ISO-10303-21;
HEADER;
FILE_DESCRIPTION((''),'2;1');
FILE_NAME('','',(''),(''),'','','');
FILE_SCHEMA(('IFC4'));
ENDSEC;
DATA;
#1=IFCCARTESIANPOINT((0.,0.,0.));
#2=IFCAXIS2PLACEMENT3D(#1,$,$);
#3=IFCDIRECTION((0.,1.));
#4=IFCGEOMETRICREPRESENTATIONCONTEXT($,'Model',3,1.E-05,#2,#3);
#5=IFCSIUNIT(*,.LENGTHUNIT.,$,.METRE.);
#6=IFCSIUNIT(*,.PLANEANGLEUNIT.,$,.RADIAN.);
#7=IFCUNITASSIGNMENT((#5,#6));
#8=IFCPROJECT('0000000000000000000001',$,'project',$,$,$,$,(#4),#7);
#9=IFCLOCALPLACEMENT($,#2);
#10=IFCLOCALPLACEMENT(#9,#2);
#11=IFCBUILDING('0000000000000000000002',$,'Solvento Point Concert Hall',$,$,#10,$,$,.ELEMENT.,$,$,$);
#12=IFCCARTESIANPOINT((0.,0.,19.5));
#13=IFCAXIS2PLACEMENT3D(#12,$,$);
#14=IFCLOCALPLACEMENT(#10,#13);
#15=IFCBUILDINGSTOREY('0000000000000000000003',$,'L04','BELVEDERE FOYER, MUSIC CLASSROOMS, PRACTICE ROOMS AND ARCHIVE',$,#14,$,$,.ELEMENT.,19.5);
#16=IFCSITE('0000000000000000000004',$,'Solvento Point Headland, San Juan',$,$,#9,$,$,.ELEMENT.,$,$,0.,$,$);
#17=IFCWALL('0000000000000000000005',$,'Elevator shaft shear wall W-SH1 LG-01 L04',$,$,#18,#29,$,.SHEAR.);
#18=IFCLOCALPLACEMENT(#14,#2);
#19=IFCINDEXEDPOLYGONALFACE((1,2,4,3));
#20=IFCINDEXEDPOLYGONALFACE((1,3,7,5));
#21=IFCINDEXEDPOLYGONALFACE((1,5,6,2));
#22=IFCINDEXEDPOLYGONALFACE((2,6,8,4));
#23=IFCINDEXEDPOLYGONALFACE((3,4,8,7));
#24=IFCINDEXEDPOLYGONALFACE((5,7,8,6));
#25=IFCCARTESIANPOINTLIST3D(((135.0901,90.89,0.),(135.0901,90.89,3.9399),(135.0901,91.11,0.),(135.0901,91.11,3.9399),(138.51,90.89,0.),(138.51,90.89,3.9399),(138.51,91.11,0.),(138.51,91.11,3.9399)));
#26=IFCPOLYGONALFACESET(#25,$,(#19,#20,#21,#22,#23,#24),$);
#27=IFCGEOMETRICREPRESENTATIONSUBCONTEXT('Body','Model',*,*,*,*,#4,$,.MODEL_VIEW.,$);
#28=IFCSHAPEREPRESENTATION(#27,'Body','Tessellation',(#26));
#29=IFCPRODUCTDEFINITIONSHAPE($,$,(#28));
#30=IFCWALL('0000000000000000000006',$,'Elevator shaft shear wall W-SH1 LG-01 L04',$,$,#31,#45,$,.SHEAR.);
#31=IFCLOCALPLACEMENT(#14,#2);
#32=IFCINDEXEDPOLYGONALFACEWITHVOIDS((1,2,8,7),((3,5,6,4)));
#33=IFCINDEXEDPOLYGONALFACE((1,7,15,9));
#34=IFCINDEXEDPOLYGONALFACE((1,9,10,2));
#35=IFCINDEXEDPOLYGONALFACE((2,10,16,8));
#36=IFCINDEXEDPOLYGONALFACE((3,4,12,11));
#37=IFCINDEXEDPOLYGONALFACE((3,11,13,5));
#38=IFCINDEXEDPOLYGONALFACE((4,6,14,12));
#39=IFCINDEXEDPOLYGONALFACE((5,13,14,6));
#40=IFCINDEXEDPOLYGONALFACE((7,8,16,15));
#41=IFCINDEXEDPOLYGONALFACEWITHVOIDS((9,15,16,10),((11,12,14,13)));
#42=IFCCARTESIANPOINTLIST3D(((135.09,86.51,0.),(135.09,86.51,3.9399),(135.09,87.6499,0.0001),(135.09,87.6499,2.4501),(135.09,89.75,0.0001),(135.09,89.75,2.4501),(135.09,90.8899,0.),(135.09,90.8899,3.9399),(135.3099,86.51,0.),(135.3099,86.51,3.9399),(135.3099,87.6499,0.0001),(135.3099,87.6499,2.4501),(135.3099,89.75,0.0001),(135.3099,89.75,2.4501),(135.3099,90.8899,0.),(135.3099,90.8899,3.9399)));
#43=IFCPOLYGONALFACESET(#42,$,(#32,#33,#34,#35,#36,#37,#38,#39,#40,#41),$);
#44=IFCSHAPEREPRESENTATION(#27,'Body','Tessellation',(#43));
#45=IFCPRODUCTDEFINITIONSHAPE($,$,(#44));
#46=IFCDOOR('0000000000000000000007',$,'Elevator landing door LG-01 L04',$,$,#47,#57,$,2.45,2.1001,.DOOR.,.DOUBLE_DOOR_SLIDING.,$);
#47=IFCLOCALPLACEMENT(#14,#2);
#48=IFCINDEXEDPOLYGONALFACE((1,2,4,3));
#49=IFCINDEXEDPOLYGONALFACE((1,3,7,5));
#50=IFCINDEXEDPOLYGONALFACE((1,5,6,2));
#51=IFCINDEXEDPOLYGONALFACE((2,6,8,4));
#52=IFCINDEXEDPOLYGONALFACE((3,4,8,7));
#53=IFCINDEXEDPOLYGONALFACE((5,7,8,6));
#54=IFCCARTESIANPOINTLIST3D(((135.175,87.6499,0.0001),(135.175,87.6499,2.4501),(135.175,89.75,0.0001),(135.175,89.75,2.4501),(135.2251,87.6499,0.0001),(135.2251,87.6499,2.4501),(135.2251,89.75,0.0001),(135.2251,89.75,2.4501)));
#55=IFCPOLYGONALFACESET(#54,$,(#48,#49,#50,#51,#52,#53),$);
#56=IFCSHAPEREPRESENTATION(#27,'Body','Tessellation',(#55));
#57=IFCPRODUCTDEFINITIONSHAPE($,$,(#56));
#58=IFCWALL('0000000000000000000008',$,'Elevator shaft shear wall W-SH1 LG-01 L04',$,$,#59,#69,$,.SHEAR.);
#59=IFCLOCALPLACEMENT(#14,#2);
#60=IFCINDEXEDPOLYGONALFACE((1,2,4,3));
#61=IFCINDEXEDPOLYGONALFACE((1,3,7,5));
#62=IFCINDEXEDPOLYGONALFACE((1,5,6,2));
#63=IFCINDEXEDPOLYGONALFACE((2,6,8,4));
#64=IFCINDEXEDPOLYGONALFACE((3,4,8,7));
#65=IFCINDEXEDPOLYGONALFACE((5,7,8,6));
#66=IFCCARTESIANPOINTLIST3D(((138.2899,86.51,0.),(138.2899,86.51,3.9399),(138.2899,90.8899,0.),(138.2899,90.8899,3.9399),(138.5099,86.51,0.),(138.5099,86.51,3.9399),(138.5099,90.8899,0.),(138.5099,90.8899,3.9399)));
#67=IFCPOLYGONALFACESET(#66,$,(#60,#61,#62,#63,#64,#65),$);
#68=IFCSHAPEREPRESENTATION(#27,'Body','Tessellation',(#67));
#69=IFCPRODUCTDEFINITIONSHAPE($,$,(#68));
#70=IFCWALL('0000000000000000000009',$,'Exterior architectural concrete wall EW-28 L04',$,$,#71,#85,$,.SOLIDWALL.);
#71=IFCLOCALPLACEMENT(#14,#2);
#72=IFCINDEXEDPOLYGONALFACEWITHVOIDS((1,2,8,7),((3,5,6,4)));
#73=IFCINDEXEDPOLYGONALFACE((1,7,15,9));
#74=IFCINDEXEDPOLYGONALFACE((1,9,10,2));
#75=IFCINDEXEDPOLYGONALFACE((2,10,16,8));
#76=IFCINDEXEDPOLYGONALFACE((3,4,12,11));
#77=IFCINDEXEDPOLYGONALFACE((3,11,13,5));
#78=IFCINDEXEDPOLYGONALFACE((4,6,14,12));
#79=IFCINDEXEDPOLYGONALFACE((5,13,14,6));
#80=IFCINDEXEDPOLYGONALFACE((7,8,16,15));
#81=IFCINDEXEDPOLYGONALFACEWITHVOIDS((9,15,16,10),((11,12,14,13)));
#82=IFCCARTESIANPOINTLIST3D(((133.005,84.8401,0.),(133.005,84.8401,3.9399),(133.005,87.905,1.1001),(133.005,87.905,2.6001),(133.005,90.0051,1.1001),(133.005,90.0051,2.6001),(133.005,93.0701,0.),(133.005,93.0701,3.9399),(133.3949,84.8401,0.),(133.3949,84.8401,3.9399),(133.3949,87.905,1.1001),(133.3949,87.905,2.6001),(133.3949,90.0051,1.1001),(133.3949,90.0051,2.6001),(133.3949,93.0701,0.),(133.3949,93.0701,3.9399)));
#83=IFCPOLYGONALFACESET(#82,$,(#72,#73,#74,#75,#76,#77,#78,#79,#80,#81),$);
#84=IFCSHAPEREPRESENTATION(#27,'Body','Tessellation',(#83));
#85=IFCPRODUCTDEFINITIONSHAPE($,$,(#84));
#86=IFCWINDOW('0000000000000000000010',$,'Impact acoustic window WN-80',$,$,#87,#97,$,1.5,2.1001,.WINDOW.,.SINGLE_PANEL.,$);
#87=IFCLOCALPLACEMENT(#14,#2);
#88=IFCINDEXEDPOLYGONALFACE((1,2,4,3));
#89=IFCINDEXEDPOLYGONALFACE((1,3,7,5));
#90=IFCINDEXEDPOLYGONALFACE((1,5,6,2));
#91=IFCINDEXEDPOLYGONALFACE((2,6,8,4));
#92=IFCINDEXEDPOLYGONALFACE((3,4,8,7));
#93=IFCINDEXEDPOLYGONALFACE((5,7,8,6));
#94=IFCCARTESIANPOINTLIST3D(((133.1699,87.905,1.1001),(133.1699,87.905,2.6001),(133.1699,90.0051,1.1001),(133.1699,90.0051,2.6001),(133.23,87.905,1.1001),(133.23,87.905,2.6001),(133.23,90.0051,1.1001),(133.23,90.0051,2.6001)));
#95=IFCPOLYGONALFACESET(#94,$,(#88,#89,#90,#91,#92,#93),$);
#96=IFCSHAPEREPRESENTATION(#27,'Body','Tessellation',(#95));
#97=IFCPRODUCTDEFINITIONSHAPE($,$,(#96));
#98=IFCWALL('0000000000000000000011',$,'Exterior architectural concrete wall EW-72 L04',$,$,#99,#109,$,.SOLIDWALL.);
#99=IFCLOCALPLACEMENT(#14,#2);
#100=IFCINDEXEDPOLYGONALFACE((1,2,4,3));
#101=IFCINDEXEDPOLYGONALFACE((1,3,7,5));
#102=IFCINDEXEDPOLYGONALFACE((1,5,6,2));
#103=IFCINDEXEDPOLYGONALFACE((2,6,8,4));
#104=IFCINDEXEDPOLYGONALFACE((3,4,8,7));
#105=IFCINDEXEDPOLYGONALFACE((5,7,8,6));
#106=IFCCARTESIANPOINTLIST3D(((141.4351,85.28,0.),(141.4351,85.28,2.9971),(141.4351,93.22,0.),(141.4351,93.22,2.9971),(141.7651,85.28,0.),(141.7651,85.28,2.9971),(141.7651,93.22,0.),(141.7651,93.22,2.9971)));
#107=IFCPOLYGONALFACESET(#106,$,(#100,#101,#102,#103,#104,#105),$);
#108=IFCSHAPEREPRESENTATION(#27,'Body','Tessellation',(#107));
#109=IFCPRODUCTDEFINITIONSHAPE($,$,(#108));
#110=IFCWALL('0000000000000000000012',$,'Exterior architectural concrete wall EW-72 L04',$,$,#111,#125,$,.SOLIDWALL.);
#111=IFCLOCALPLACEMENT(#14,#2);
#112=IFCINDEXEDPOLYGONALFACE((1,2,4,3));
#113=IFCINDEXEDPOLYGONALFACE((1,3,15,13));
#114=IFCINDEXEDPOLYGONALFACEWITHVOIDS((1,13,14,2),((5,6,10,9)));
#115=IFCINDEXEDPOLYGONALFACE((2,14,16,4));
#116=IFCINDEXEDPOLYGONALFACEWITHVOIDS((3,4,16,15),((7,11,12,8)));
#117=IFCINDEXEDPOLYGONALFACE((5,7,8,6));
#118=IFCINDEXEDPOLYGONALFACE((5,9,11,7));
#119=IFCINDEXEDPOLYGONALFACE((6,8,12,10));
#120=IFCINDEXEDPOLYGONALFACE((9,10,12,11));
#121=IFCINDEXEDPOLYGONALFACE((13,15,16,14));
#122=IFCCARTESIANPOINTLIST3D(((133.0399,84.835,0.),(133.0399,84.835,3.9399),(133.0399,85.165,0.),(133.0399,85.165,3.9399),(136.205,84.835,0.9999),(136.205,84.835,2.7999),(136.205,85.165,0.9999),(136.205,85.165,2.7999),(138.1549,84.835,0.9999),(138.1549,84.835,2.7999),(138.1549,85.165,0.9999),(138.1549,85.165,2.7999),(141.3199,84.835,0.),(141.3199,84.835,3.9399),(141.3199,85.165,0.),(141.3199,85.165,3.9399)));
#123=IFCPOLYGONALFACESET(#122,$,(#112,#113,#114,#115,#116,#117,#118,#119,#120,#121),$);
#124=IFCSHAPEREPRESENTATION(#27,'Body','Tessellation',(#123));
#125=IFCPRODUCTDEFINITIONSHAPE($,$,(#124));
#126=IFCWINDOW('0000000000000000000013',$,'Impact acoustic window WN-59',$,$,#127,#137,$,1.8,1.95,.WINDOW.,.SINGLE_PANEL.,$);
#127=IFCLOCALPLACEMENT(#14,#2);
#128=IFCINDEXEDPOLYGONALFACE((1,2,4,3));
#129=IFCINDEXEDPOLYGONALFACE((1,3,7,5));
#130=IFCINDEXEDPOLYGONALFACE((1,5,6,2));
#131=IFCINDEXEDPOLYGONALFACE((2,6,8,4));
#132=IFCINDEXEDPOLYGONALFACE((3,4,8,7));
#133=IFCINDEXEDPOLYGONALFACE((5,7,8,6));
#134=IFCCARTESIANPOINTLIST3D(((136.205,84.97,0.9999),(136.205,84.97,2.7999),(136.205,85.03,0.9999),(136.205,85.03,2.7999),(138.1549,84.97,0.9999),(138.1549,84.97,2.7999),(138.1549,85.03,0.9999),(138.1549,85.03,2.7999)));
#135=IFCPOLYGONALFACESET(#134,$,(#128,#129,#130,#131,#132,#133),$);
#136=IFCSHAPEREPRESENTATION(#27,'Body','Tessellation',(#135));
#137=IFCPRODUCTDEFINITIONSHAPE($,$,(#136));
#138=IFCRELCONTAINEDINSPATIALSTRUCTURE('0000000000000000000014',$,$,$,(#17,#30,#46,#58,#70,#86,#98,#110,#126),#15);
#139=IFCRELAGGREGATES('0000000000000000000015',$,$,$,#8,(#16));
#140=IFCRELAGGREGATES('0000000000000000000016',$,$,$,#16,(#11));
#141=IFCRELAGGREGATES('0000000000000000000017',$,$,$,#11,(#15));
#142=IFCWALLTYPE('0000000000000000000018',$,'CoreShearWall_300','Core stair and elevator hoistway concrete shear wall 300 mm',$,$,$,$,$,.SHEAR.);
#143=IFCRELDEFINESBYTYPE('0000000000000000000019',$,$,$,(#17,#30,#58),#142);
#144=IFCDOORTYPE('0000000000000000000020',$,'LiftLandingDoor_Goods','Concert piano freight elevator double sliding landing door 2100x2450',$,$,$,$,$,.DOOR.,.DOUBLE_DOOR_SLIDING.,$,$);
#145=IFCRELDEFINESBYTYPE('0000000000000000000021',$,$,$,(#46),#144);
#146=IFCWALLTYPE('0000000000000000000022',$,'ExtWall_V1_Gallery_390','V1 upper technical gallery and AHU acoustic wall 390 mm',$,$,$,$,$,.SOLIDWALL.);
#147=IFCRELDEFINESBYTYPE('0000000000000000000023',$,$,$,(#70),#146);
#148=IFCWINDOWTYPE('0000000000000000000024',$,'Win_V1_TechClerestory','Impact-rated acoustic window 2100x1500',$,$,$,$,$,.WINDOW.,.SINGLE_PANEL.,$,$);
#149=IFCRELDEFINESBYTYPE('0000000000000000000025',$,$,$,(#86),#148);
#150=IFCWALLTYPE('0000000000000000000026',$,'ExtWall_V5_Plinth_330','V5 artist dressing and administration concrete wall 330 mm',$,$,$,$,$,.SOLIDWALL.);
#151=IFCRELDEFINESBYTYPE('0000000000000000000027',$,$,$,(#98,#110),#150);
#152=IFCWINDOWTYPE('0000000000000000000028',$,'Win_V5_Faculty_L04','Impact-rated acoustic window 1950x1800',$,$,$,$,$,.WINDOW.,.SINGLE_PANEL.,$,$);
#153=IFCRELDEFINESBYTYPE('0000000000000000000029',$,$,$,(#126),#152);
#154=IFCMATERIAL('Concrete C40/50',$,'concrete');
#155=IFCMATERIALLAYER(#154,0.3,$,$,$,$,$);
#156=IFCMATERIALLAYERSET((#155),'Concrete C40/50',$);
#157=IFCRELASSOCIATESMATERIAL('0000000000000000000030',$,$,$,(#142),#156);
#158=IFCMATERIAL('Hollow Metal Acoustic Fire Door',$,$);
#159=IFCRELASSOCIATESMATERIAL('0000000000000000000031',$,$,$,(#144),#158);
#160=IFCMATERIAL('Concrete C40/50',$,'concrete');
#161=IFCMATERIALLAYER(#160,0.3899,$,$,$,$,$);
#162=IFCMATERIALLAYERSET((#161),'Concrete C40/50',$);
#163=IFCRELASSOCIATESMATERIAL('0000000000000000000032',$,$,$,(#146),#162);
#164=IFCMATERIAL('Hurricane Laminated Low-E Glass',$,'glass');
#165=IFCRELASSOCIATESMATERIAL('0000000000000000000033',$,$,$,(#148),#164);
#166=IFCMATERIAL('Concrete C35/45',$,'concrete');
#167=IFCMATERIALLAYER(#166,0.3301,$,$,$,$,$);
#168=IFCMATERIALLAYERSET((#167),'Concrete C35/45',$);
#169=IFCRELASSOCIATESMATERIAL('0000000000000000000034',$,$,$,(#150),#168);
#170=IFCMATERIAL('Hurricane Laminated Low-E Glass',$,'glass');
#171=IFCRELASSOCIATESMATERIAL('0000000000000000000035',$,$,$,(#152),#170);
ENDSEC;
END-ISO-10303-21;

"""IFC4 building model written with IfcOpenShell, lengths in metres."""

from ifc_helpers import new_model, si_unit, direction, frame, frame_2d, origin, place, context, subcontext, project, spatial, rectangle, extrude, material, layer, layer_set, type_object, element, fill, save


model = new_model("IFC4")

# Units and contexts
model_context = context("Model", 3, precision=1e-05, world=origin(), true_north=direction((0.0, 1.0)))
body_context = subcontext(model_context, "Body", "Model", "MODEL_VIEW")
ifc_project = project(units=[si_unit("LENGTHUNIT", "METRE"), si_unit("PLANEANGLEUNIT", "RADIAN")], contexts=[model_context])

# Site, building, storey
site_placement = place(None, origin())
site = spatial("IfcSite", under=ifc_project, at=site_placement, Name="Solvento Point Headland, San Juan", CompositionType="ELEMENT", RefElevation=0.0)
building_placement = place(site_placement, origin())
building = spatial("IfcBuilding", under=site, at=building_placement, Name="Solvento Point Concert Hall", CompositionType="ELEMENT")
storey_placement = place(building_placement, frame((0.0, 0.0, 19.5)))
storey = spatial("IfcBuildingStorey", under=building, at=storey_placement, Name="L04", Description="BELVEDERE FOYER, MUSIC CLASSROOMS, PRACTICE ROOMS AND ARCHIVE", CompositionType="ELEMENT", Elevation=19.5)

# Wall
ifc_material_1 = material(Name="Concrete C40/50", Category="concrete")
ifc_layer_1 = layer(ifc_material_1, 0.3)
ifc_layer_set_1 = layer_set([ifc_layer_1], Name="Concrete C40/50")
wall_type_1 = type_object("IfcWallType", Name="CoreShearWall_300", Description="Core stair and elevator hoistway concrete shear wall 300 mm", PredefinedType="SHEAR", material=ifc_layer_set_1)
for number, where, z_axis, x_axis, name in (
    (1, (135.0901, 91.0, 0.0), (0.0, 0.0, 1.0), (1.0, 0.0, 0.0), "Elevator shaft shear wall W-SH1 LG-01 L04"),
):
    element("IfcWall", number, at=place(storey_placement, frame(where, z_axis=z_axis, x_axis=x_axis)), inside=storey, type_object=wall_type_1, Name=name, PredefinedType="SHEAR", context=body_context, shape_type="SweptSolid", body=[
        extrude(rectangle(XDim=3.4199, YDim=0.22, at=frame_2d((1.71, 0.0))), origin(), (0.0, 0.0, 1.0), 3.9399),
    ])

# Wall, opening, door
wall_1_placement = place(storey_placement, frame((135.2, 86.51, 0.0), z_axis=(0.0, 0.0, 1.0), x_axis=(0.0, 1.0, 0.0)))
wall_1 = element("IfcWall", 2, at=wall_1_placement, inside=storey, type_object=wall_type_1, Name="Elevator shaft shear wall W-SH1 LG-01 L04", PredefinedType="SHEAR", context=body_context, shape_type="SweptSolid", body=[
    extrude(rectangle(XDim=4.3799, YDim=0.22, at=frame_2d((2.1899, 0.0))), origin(), (0.0, 0.0, 1.0), 3.9399),
])
opening_1_placement = place(wall_1_placement, frame((1.1399, 0.0, 0.0)))
opening_1 = element("IfcOpeningElement", 3, at=opening_1_placement, cuts=wall_1, PredefinedType="OPENING", context=body_context, shape_type="SweptSolid", body=[
    extrude(rectangle(XDim=2.1001, YDim=2.45, at=frame_2d((1.05, 1.2251))), frame((0.0, 0.1199, 0.0), z_axis=(0.0, -1.0, 0.0), x_axis=(1.0, 0.0, 0.0)), (0.0, 0.0, 1.0), 0.24),
])
ifc_material_2 = material(Name="Hollow Metal Acoustic Fire Door")
door_type = type_object("IfcDoorType", Name="LiftLandingDoor_Goods", Description="Concert piano freight elevator double sliding landing door 2100x2450", OperationType="DOUBLE_DOOR_SLIDING", PredefinedType="DOOR", material=ifc_material_2)
door_placement = place(opening_1_placement, origin())
door = element("IfcDoor", 4, at=door_placement, inside=storey, type_object=door_type, Name="Elevator landing door LG-01 L04", OperationType="DOUBLE_DOOR_SLIDING", OverallHeight=2.45, OverallWidth=2.1001, PredefinedType="DOOR", context=body_context, shape_type="SweptSolid", body=[
    extrude(rectangle(XDim=2.1001, YDim=2.45, at=frame_2d((1.05, 1.2251))), frame((0.0, 0.0249, 0.0), z_axis=(0.0, -1.0, 0.0), x_axis=(1.0, 0.0, 0.0)), (0.0, 0.0, 1.0), 0.05),
])
fill(opening_1, door)

# Wall
wall_2_placement = place(storey_placement, frame((138.3999, 86.51, 0.0), z_axis=(0.0, 0.0, 1.0), x_axis=(0.0, 1.0, 0.0)))
element("IfcWall", 5, at=wall_2_placement, inside=storey, type_object=wall_type_1, Name="Elevator shaft shear wall W-SH1 LG-01 L04", PredefinedType="SHEAR", context=body_context, shape_type="SweptSolid", body=[
    extrude(rectangle(XDim=4.3799, YDim=0.22, at=frame_2d((2.1899, 0.0))), origin(), (0.0, 0.0, 1.0), 3.9399),
])

# Wall, opening, window
ifc_material_3 = material(Name="Concrete C40/50", Category="concrete")
ifc_layer_2 = layer(ifc_material_3, 0.3899)
ifc_layer_set_2 = layer_set([ifc_layer_2], Name="Concrete C40/50")
wall_type_2 = type_object("IfcWallType", Name="ExtWall_V1_Gallery_390", Description="V1 upper technical gallery and AHU acoustic wall 390 mm", PredefinedType="SOLIDWALL", material=ifc_layer_set_2)
wall_3_placement = place(storey_placement, frame((133.2, 84.8401, 0.0), z_axis=(0.0, 0.0, 1.0), x_axis=(0.0, 1.0, 0.0)))
wall_3 = element("IfcWall", 6, at=wall_3_placement, inside=storey, type_object=wall_type_2, Name="Exterior architectural concrete wall EW-28 L04", PredefinedType="SOLIDWALL", context=body_context, shape_type="SweptSolid", body=[
    extrude(rectangle(XDim=8.23, YDim=0.3899, at=frame_2d((4.115, 0.0))), origin(), (0.0, 0.0, 1.0), 3.9399),
])
opening_2_placement = place(wall_3_placement, frame((3.0649, 0.0, 1.1001)))
opening_2 = element("IfcOpeningElement", 7, at=opening_2_placement, cuts=wall_3, PredefinedType="OPENING", context=body_context, shape_type="SweptSolid", body=[
    extrude(rectangle(XDim=2.1001, YDim=1.5, at=frame_2d((1.05, 0.75))), frame((0.0, 0.2048, 0.0), z_axis=(0.0, -1.0, 0.0), x_axis=(1.0, 0.0, 0.0)), (0.0, 0.0, 1.0), 0.4099),
])
ifc_material_4 = material(Name="Hurricane Laminated Low-E Glass", Category="glass")
window_type_1 = type_object("IfcWindowType", Name="Win_V1_TechClerestory", Description="Impact-rated acoustic window 2100x1500", PartitioningType="SINGLE_PANEL", PredefinedType="WINDOW", material=ifc_material_4)
window_1_placement = place(opening_2_placement, origin())
window_1 = element("IfcWindow", 8, at=window_1_placement, inside=storey, type_object=window_type_1, Name="Impact acoustic window WN-80", OverallHeight=1.5, OverallWidth=2.1001, PartitioningType="SINGLE_PANEL", PredefinedType="WINDOW", context=body_context, shape_type="SweptSolid", body=[
    extrude(rectangle(XDim=2.1001, YDim=1.5, at=frame_2d((1.05, 0.75))), frame((0.0, 0.03, 0.0), z_axis=(0.0, -1.0, 0.0), x_axis=(1.0, 0.0, 0.0)), (0.0, 0.0, 1.0), 0.0601),
])
fill(opening_2, window_1)

# Wall
ifc_material_5 = material(Name="Concrete C35/45", Category="concrete")
ifc_layer_3 = layer(ifc_material_5, 0.3301)
ifc_layer_set_3 = layer_set([ifc_layer_3], Name="Concrete C35/45")
wall_type_3 = type_object("IfcWallType", Name="ExtWall_V5_Plinth_330", Description="V5 artist dressing and administration concrete wall 330 mm", PredefinedType="SOLIDWALL", material=ifc_layer_set_3)
wall_4_placement = place(storey_placement, frame((141.6001, 93.22, 0.0), z_axis=(0.0, 0.0, 1.0), x_axis=(0.0, -1.0, 0.0)))
element("IfcWall", 9, at=wall_4_placement, inside=storey, type_object=wall_type_3, Name="Exterior architectural concrete wall EW-72 L04", PredefinedType="SOLIDWALL", context=body_context, shape_type="SweptSolid", body=[
    extrude(rectangle(XDim=7.9399, YDim=0.3301, at=frame_2d((3.97, 0.0))), origin(), (0.0, 0.0, 1.0), 2.9971),
])

# Wall, opening, window
wall_5_placement = place(storey_placement, frame((141.3201, 85.0, 0.0), z_axis=(0.0, 0.0, 1.0), x_axis=(-1.0, 0.0, 0.0)))
wall_5 = element("IfcWall", 10, at=wall_5_placement, inside=storey, type_object=wall_type_3, Name="Exterior architectural concrete wall EW-72 L04", PredefinedType="SOLIDWALL", context=body_context, shape_type="SweptSolid", body=[
    extrude(rectangle(XDim=8.28, YDim=0.3301, at=frame_2d((4.1401, 0.0))), origin(), (0.0, 0.0, 1.0), 3.9399),
])
opening_3_placement = place(wall_5_placement, frame((3.165, 0.0, 1.0)))
opening_3 = element("IfcOpeningElement", 11, at=opening_3_placement, cuts=wall_5, PredefinedType="OPENING", context=body_context, shape_type="SweptSolid", body=[
    extrude(rectangle(XDim=1.95, YDim=1.8, at=frame_2d((0.9751, 0.8999))), frame((0.0, 0.175, 0.0), z_axis=(0.0, -1.0, 0.0), x_axis=(1.0, 0.0, 0.0)), (0.0, 0.0, 1.0), 0.3501),
])
ifc_material_6 = material(Name="Hurricane Laminated Low-E Glass", Category="glass")
window_type_2 = type_object("IfcWindowType", Name="Win_V5_Faculty_L04", Description="Impact-rated acoustic window 1950x1800", PartitioningType="SINGLE_PANEL", PredefinedType="WINDOW", material=ifc_material_6)
window_2_placement = place(opening_3_placement, origin())
window_2 = element("IfcWindow", 12, at=window_2_placement, inside=storey, type_object=window_type_2, Name="Impact acoustic window WN-59", OverallHeight=1.8, OverallWidth=1.95, PartitioningType="SINGLE_PANEL", PredefinedType="WINDOW", context=body_context, shape_type="SweptSolid", body=[
    extrude(rectangle(XDim=1.95, YDim=1.8, at=frame_2d((0.9751, 0.8999))), frame((0.0, 0.03, 0.0), z_axis=(0.0, -1.0, 0.0), x_axis=(1.0, 0.0, 0.0)), (0.0, 0.0, 1.0), 0.0601),
])
fill(opening_3, window_2)

save(model, "model.ifc")
